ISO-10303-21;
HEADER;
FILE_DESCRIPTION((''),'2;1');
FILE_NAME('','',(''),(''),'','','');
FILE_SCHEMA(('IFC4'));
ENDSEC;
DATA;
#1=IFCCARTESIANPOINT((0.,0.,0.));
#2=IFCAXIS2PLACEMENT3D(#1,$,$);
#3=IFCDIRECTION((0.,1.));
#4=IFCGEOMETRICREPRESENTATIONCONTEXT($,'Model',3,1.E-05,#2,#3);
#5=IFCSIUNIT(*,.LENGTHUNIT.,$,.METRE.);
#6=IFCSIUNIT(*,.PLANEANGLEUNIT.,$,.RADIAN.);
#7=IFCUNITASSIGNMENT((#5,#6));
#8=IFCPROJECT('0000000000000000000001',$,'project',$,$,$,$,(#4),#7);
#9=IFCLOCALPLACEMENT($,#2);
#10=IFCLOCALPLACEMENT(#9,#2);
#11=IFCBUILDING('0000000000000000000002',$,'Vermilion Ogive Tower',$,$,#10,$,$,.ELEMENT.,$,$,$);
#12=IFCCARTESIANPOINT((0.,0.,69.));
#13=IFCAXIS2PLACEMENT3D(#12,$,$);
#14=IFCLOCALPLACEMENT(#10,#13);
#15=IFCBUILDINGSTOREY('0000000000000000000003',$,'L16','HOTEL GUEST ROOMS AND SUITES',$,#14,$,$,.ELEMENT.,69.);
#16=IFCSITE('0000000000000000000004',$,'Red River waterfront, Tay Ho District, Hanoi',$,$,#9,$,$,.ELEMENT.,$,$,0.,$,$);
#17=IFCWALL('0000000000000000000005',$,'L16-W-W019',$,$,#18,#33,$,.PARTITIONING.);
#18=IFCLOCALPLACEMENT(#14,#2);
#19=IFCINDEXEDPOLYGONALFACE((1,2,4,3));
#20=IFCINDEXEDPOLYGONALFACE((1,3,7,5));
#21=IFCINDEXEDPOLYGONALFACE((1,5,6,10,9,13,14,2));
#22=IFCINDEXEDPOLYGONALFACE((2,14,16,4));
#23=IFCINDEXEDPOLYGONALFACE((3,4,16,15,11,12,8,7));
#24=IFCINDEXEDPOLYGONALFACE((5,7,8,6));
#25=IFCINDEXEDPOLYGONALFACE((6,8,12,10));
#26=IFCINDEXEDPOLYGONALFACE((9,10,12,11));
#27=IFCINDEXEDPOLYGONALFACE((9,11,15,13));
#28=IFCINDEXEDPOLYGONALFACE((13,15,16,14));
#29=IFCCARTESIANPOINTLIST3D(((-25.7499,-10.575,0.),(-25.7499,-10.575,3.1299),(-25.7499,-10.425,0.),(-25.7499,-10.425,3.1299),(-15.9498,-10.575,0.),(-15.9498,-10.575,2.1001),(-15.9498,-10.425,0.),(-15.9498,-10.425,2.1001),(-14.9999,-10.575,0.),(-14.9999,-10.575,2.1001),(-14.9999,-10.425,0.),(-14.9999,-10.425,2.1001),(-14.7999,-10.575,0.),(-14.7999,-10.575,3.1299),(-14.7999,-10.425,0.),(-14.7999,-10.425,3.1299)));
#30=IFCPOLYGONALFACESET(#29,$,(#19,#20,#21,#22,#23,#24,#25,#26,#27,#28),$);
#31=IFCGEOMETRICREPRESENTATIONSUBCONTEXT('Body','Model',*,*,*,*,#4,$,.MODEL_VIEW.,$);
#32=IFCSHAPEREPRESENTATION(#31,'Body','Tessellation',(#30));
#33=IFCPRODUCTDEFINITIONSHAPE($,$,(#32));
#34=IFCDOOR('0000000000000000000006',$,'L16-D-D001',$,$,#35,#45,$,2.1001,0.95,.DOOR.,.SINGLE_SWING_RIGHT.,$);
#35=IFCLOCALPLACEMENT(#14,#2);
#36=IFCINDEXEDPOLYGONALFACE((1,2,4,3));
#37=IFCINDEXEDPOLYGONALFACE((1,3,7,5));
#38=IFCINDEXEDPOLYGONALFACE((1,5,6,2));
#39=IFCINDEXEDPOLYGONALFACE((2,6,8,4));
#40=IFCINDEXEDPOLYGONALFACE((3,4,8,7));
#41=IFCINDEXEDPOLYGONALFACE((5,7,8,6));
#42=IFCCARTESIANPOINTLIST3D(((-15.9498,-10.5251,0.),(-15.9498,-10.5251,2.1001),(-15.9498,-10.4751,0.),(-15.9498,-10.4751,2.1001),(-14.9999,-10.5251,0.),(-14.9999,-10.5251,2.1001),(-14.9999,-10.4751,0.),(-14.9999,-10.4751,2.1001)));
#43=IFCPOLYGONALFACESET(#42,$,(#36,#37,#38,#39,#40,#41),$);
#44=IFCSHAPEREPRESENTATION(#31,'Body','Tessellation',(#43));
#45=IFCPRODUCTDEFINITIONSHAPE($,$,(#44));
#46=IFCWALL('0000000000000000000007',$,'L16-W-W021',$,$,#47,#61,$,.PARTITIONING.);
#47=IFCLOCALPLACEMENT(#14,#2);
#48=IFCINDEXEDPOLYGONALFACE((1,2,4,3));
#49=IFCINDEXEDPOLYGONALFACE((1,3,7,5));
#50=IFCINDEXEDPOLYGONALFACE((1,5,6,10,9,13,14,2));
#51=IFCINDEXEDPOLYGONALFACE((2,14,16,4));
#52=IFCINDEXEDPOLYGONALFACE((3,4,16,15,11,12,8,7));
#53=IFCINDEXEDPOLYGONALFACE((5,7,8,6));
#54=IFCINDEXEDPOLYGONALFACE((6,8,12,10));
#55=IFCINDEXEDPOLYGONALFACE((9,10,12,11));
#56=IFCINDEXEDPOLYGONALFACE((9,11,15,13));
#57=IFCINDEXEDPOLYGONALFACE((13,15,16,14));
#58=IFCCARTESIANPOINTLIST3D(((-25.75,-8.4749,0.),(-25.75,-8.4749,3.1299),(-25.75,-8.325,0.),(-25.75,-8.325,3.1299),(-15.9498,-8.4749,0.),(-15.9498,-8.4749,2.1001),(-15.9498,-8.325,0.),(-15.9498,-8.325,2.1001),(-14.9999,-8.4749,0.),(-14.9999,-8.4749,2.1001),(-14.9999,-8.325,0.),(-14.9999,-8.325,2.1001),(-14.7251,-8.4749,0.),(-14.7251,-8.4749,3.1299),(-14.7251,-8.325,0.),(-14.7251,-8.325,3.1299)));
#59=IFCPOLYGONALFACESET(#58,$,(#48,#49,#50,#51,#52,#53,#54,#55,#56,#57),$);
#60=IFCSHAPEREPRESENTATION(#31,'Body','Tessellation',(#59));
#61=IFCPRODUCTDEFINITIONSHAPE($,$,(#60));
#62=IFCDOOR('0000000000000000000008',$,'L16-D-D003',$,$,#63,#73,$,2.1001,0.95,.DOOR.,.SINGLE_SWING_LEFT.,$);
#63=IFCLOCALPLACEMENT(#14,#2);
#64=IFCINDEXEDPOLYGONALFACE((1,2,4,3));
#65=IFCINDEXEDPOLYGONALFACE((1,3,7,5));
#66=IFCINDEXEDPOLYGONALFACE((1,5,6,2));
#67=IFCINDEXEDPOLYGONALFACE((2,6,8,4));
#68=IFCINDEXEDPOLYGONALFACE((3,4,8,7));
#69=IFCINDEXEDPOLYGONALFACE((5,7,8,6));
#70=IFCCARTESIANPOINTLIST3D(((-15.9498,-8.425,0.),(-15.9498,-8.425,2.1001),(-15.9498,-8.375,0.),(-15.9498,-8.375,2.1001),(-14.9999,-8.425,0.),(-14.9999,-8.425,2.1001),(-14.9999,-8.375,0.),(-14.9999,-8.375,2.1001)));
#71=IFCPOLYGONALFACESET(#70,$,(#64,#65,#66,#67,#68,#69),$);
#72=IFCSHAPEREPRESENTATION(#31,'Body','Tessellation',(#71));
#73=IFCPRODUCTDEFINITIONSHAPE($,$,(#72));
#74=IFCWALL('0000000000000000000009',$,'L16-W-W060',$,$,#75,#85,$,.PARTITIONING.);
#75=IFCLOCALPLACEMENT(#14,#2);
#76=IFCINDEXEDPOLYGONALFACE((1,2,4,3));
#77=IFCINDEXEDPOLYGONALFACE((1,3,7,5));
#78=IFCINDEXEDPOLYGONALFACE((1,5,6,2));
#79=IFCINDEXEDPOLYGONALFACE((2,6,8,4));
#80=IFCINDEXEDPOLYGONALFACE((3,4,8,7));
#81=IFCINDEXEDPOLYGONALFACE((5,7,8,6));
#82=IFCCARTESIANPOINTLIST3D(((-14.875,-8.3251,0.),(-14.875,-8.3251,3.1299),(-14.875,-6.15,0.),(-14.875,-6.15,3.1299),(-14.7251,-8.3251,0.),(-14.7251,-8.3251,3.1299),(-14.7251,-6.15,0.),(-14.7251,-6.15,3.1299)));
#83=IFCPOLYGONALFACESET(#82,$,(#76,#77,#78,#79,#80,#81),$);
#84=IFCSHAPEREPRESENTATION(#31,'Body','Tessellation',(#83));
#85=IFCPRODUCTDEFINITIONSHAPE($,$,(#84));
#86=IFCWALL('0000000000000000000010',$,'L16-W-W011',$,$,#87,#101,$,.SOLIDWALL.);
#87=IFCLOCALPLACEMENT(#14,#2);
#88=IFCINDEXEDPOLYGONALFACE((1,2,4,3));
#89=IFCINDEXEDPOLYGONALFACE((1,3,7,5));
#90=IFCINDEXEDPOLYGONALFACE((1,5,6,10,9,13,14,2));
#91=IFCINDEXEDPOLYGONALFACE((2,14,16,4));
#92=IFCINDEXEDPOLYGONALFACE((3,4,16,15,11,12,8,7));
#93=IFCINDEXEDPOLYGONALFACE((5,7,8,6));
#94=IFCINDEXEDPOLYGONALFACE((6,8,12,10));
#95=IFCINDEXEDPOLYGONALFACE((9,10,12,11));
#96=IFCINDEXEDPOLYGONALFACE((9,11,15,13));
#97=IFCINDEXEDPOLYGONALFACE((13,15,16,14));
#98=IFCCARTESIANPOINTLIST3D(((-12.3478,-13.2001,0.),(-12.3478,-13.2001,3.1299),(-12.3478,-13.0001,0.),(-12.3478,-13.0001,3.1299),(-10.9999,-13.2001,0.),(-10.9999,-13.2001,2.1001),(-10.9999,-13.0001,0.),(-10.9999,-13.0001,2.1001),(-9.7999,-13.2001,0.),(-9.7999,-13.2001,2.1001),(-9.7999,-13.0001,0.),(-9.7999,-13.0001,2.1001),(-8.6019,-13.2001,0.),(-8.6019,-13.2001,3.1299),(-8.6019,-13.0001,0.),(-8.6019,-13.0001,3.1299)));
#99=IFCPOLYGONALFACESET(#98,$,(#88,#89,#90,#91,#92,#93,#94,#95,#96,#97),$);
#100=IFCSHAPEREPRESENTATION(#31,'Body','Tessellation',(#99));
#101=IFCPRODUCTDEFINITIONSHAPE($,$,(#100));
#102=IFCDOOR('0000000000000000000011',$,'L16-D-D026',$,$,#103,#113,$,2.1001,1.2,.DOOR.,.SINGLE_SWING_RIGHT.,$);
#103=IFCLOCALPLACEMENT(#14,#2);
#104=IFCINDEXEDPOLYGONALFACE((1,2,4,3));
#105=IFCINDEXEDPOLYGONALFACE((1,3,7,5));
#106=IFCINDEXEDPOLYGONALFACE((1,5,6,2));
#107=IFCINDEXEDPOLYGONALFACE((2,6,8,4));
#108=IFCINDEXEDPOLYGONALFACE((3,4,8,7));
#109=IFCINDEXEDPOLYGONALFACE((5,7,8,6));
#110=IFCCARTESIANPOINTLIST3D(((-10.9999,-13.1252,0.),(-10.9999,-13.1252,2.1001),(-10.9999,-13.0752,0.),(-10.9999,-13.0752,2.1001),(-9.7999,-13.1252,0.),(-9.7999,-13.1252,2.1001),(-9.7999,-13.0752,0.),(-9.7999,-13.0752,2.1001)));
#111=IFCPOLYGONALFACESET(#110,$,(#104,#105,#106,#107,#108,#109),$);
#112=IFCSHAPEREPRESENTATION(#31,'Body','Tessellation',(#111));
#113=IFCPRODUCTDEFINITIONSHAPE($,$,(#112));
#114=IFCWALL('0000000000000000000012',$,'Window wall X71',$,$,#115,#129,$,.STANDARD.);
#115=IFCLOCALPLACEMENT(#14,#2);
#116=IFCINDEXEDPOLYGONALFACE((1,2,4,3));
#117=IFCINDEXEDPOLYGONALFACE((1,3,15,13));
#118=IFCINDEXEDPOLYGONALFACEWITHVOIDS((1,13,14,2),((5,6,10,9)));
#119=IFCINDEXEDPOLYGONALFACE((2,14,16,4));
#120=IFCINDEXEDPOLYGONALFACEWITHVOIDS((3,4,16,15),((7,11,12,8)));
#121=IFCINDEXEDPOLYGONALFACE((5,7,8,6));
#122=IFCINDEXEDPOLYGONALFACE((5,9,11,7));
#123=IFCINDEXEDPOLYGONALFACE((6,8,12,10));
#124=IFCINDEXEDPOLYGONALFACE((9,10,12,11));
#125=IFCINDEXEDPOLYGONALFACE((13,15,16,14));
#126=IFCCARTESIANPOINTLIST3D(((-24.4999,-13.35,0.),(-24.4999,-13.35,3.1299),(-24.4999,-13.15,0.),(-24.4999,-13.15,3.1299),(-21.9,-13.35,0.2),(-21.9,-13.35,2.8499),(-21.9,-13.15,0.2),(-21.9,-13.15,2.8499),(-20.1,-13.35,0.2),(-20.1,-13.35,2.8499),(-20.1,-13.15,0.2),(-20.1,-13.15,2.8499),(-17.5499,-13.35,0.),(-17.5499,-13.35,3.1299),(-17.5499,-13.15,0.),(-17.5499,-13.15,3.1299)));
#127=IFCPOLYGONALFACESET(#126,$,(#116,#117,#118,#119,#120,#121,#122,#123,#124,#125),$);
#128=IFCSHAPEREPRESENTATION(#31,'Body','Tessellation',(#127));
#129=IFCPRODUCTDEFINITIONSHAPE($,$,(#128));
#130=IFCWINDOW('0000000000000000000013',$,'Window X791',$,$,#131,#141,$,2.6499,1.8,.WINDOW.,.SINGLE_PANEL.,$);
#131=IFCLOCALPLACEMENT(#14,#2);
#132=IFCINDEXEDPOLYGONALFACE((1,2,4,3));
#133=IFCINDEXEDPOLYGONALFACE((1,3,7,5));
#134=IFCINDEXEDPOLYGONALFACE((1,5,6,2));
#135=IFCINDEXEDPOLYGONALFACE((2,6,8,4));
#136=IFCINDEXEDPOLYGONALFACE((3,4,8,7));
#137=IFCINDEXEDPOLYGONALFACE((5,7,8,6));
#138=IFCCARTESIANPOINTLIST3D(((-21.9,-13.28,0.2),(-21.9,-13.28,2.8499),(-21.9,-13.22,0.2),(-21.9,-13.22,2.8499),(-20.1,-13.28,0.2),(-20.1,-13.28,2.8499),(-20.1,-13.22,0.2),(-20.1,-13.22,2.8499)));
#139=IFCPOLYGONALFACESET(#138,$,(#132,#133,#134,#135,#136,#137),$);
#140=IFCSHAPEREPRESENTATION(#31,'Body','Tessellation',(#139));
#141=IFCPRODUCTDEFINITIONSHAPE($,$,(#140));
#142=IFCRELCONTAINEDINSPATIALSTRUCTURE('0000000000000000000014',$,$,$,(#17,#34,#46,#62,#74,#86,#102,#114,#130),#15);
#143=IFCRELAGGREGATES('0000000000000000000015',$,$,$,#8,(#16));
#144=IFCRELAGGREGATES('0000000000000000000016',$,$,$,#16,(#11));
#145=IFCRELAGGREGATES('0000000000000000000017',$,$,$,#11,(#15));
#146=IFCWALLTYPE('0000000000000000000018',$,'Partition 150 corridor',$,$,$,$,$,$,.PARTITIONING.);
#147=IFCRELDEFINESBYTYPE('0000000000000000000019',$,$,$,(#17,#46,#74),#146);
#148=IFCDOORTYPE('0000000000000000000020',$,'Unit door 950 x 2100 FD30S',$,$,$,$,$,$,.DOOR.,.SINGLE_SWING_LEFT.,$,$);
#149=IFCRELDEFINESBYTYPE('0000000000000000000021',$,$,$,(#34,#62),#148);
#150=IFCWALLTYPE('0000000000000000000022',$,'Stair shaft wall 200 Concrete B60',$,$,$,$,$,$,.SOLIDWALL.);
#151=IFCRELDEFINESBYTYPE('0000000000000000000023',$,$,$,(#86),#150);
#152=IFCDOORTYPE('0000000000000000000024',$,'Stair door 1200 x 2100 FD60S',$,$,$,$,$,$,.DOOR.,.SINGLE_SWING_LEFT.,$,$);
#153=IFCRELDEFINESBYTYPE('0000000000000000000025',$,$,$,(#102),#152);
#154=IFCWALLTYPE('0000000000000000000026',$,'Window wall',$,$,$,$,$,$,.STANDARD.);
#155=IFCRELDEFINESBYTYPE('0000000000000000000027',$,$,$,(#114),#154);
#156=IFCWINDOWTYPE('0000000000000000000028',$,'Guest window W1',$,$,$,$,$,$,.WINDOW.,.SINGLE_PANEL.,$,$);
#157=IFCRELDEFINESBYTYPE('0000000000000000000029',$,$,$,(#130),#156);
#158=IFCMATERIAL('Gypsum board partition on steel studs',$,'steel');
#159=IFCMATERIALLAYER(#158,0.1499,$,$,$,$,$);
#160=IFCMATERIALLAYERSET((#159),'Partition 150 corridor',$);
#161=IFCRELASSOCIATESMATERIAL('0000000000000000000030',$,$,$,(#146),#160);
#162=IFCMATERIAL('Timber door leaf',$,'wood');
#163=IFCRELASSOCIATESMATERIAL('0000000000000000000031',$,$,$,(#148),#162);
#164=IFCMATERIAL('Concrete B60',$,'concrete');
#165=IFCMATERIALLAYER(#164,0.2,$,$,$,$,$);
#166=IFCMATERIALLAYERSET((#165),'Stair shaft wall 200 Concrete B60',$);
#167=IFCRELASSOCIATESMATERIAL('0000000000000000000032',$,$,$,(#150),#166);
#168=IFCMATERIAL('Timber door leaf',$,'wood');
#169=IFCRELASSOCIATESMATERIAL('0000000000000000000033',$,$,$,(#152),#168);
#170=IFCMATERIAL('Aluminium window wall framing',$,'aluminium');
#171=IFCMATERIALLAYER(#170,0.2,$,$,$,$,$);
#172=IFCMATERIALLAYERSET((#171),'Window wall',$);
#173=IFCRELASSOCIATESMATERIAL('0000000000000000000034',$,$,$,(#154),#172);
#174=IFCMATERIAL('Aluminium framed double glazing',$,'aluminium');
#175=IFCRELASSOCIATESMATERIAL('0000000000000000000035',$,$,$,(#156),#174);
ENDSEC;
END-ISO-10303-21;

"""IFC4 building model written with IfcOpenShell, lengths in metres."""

from ifc_helpers import new_model, si_unit, direction, frame, frame_2d, origin, place, context, subcontext, project, spatial, rectangle, extrude, material, layer, layer_set, type_object, element, fill, save


model = new_model("IFC4")

# Units and contexts
model_context = context("Model", 3, precision=1e-05, world=origin(), true_north=direction((0.0, 1.0)))
body_context = subcontext(model_context, "Body", "Model", "MODEL_VIEW")
ifc_project = project(units=[si_unit("LENGTHUNIT", "METRE"), si_unit("PLANEANGLEUNIT", "RADIAN")], contexts=[model_context])

# Site, building, storey
site_placement = place(None, origin())
site = spatial("IfcSite", under=ifc_project, at=site_placement, Name="Red River waterfront, Tay Ho District, Hanoi", CompositionType="ELEMENT", RefElevation=0.0)
building_placement = place(site_placement, origin())
building = spatial("IfcBuilding", under=site, at=building_placement, Name="Vermilion Ogive Tower", CompositionType="ELEMENT")
storey_placement = place(building_placement, frame((0.0, 0.0, 69.0)))
storey = spatial("IfcBuildingStorey", under=building, at=storey_placement, Name="L16", Description="HOTEL GUEST ROOMS AND SUITES", CompositionType="ELEMENT", Elevation=69.0)

# Shared definitions
ifc_material_1 = material(Name="Gypsum board partition on steel studs", Category="steel")
ifc_layer_1 = layer(ifc_material_1, 0.1499)
ifc_layer_set_1 = layer_set([ifc_layer_1], Name="Partition 150 corridor")
wall_type_1 = type_object("IfcWallType", Name="Partition 150 corridor", PredefinedType="PARTITIONING", material=ifc_layer_set_1)

# Walls, openings, doors
wall_1_placement = place(storey_placement, frame((-25.75, -10.5, 0.0), z_axis=(0.0, 0.0, 1.0), x_axis=(1.0, 0.0, 0.0)))
wall_1 = element("IfcWall", 1, at=wall_1_placement, inside=storey, type_object=wall_type_1, Name="L16-W-W019", PredefinedType="PARTITIONING", context=body_context, shape_type="SweptSolid", body=[
    extrude(rectangle(XDim=10.95, YDim=0.1499, at=frame_2d((5.4751, 0.0))), origin(), (0.0, 0.0, 1.0), 3.1299),
])
opening_1_placement = place(wall_1_placement, frame((9.8, 0.0, 0.0)))
opening_1 = element("IfcOpeningElement", 2, at=opening_1_placement, cuts=wall_1, PredefinedType="OPENING", context=body_context, shape_type="SweptSolid", body=[
    extrude(rectangle(XDim=0.95, YDim=2.1001, at=frame_2d((0.4751, 1.05))), frame((0.0, 0.085, 0.0), z_axis=(0.0, -1.0, 0.0), x_axis=(1.0, 0.0, 0.0)), (0.0, 0.0, 1.0), 0.1699),
])
ifc_material_2 = material(Name="Timber door leaf", Category="wood")
door_type_1 = type_object("IfcDoorType", Name="Unit door 950 x 2100 FD30S", OperationType="SINGLE_SWING_LEFT", PredefinedType="DOOR", material=ifc_material_2)
door_1_placement = place(opening_1_placement, origin())
door_1 = element("IfcDoor", 3, at=door_1_placement, inside=storey, type_object=door_type_1, Name="L16-D-D001", OperationType="SINGLE_SWING_RIGHT", OverallHeight=2.1001, OverallWidth=0.95, PredefinedType="DOOR", context=body_context, shape_type="SweptSolid", body=[
    extrude(rectangle(XDim=0.95, YDim=2.1001, at=frame_2d((0.4751, 1.05))), frame((0.0, 0.0249, 0.0), z_axis=(0.0, -1.0, 0.0), x_axis=(1.0, 0.0, 0.0)), (0.0, 0.0, 1.0), 0.05),
])
fill(opening_1, door_1)
wall_2_placement = place(storey_placement, frame((-25.75, -8.3999, 0.0), z_axis=(0.0, 0.0, 1.0), x_axis=(1.0, 0.0, 0.0)))
wall_2 = element("IfcWall", 4, at=wall_2_placement, inside=storey, type_object=wall_type_1, Name="L16-W-W021", PredefinedType="PARTITIONING", context=body_context, shape_type="SweptSolid", body=[
    extrude(rectangle(XDim=11.0249, YDim=0.1499, at=frame_2d((5.5125, 0.0))), origin(), (0.0, 0.0, 1.0), 3.1299),
])
opening_2_placement = place(wall_2_placement, frame((9.8, 0.0, 0.0)))
opening_2 = element("IfcOpeningElement", 5, at=opening_2_placement, cuts=wall_2, PredefinedType="OPENING", context=body_context, shape_type="SweptSolid", body=[
    extrude(rectangle(XDim=0.95, YDim=2.1001, at=frame_2d((0.4751, 1.05))), frame((0.0, 0.085, 0.0), z_axis=(0.0, -1.0, 0.0), x_axis=(1.0, 0.0, 0.0)), (0.0, 0.0, 1.0), 0.1699),
])
door_2_placement = place(opening_2_placement, origin())
door_2 = element("IfcDoor", 6, at=door_2_placement, inside=storey, type_object=door_type_1, Name="L16-D-D003", OperationType="SINGLE_SWING_LEFT", OverallHeight=2.1001, OverallWidth=0.95, PredefinedType="DOOR", context=body_context, shape_type="SweptSolid", body=[
    extrude(rectangle(XDim=0.95, YDim=2.1001, at=frame_2d((0.4751, 1.05))), frame((0.0, 0.0249, 0.0), z_axis=(0.0, -1.0, 0.0), x_axis=(1.0, 0.0, 0.0)), (0.0, 0.0, 1.0), 0.05),
])
fill(opening_2, door_2)

# Wall
wall_3_placement = place(storey_placement, frame((-14.8, -8.325, 0.0), z_axis=(0.0, 0.0, 1.0), x_axis=(0.0, 1.0, 0.0)))
element("IfcWall", 7, at=wall_3_placement, inside=storey, type_object=wall_type_1, Name="L16-W-W060", PredefinedType="PARTITIONING", context=body_context, shape_type="SweptSolid", body=[
    extrude(rectangle(XDim=2.175, YDim=0.1499, at=frame_2d((1.0874, 0.0))), origin(), (0.0, 0.0, 1.0), 3.1299),
])

# Wall, opening, door
ifc_material_3 = material(Name="Concrete B60", Category="concrete")
ifc_layer_2 = layer(ifc_material_3, 0.2)
ifc_layer_set_2 = layer_set([ifc_layer_2], Name="Stair shaft wall 200 Concrete B60")
wall_type_2 = type_object("IfcWallType", Name="Stair shaft wall 200 Concrete B60", PredefinedType="SOLIDWALL", material=ifc_layer_set_2)
wall_4_placement = place(storey_placement, frame((-12.3479, -13.1001, 0.0), z_axis=(0.0, 0.0, 1.0), x_axis=(1.0, 0.0, 0.0)))
wall_4 = element("IfcWall", 8, at=wall_4_placement, inside=storey, type_object=wall_type_2, Name="L16-W-W011", PredefinedType="SOLIDWALL", context=body_context, shape_type="SweptSolid", body=[
    extrude(rectangle(XDim=3.7458, YDim=0.2, at=frame_2d((1.873, 0.0))), origin(), (0.0, 0.0, 1.0), 3.1299),
])
opening_3_placement = place(wall_4_placement, frame((1.3479, 0.0, 0.0)))
opening_3 = element("IfcOpeningElement", 9, at=opening_3_placement, cuts=wall_4, PredefinedType="OPENING", context=body_context, shape_type="SweptSolid", body=[
    extrude(rectangle(XDim=1.2, YDim=2.1001, at=frame_2d((0.6001, 1.05))), frame((0.0, 0.1099, 0.0), z_axis=(0.0, -1.0, 0.0), x_axis=(1.0, 0.0, 0.0)), (0.0, 0.0, 1.0), 0.22),
])
ifc_material_4 = material(Name="Timber door leaf", Category="wood")
door_type_2 = type_object("IfcDoorType", Name="Stair door 1200 x 2100 FD60S", OperationType="SINGLE_SWING_LEFT", PredefinedType="DOOR", material=ifc_material_4)
door_3_placement = place(opening_3_placement, origin())
door_3 = element("IfcDoor", 10, at=door_3_placement, inside=storey, type_object=door_type_2, Name="L16-D-D026", OperationType="SINGLE_SWING_RIGHT", OverallHeight=2.1001, OverallWidth=1.2, PredefinedType="DOOR", context=body_context, shape_type="SweptSolid", body=[
    extrude(rectangle(XDim=1.2, YDim=2.1001, at=frame_2d((0.6001, 1.05))), frame((0.0, 0.0249, 0.0), z_axis=(0.0, -1.0, 0.0), x_axis=(1.0, 0.0, 0.0)), (0.0, 0.0, 1.0), 0.05),
])
fill(opening_3, door_3)

# Wall, opening, window
ifc_material_5 = material(Name="Aluminium window wall framing", Category="aluminium")
ifc_layer_3 = layer(ifc_material_5, 0.2)
ifc_layer_set_3 = layer_set([ifc_layer_3], Name="Window wall")
wall_type_3 = type_object("IfcWallType", Name="Window wall", PredefinedType="STANDARD", material=ifc_layer_set_3)
wall_5_placement = place(storey_placement, frame((-24.5, -13.25, 0.0), z_axis=(0.0, 0.0, 1.0), x_axis=(1.0, 0.0, 0.0)))
wall_5 = element("IfcWall", 11, at=wall_5_placement, inside=storey, type_object=wall_type_3, Name="Window wall X71", PredefinedType="STANDARD", context=body_context, shape_type="SweptSolid", body=[
    extrude(rectangle(XDim=6.95, YDim=0.2, at=frame_2d((3.4751, 0.0))), origin(), (0.0, 0.0, 1.0), 3.1299),
])
opening_4_placement = place(wall_5_placement, frame((2.6001, 0.0, 0.2)))
opening_4 = element("IfcOpeningElement", 12, at=opening_4_placement, cuts=wall_5, PredefinedType="OPENING", context=body_context, shape_type="SweptSolid", body=[
    extrude(rectangle(XDim=1.8, YDim=2.6499, at=frame_2d((0.8999, 1.325))), frame((0.0, 0.1099, 0.0), z_axis=(0.0, -1.0, 0.0), x_axis=(1.0, 0.0, 0.0)), (0.0, 0.0, 1.0), 0.22),
])
ifc_material_6 = material(Name="Aluminium framed double glazing", Category="aluminium")
window_type = type_object("IfcWindowType", Name="Guest window W1", PartitioningType="SINGLE_PANEL", PredefinedType="WINDOW", material=ifc_material_6)
window_placement = place(opening_4_placement, origin())
window = element("IfcWindow", 13, at=window_placement, inside=storey, type_object=window_type, Name="Window X791", OverallHeight=2.6499, OverallWidth=1.8, PartitioningType="SINGLE_PANEL", PredefinedType="WINDOW", context=body_context, shape_type="SweptSolid", body=[
    extrude(rectangle(XDim=1.8, YDim=2.6499, at=frame_2d((0.8999, 1.325))), frame((0.0, 0.03, 0.0), z_axis=(0.0, -1.0, 0.0), x_axis=(1.0, 0.0, 0.0)), (0.0, 0.0, 1.0), 0.0601),
])
fill(opening_4, window)

save(model, "model.ifc")
